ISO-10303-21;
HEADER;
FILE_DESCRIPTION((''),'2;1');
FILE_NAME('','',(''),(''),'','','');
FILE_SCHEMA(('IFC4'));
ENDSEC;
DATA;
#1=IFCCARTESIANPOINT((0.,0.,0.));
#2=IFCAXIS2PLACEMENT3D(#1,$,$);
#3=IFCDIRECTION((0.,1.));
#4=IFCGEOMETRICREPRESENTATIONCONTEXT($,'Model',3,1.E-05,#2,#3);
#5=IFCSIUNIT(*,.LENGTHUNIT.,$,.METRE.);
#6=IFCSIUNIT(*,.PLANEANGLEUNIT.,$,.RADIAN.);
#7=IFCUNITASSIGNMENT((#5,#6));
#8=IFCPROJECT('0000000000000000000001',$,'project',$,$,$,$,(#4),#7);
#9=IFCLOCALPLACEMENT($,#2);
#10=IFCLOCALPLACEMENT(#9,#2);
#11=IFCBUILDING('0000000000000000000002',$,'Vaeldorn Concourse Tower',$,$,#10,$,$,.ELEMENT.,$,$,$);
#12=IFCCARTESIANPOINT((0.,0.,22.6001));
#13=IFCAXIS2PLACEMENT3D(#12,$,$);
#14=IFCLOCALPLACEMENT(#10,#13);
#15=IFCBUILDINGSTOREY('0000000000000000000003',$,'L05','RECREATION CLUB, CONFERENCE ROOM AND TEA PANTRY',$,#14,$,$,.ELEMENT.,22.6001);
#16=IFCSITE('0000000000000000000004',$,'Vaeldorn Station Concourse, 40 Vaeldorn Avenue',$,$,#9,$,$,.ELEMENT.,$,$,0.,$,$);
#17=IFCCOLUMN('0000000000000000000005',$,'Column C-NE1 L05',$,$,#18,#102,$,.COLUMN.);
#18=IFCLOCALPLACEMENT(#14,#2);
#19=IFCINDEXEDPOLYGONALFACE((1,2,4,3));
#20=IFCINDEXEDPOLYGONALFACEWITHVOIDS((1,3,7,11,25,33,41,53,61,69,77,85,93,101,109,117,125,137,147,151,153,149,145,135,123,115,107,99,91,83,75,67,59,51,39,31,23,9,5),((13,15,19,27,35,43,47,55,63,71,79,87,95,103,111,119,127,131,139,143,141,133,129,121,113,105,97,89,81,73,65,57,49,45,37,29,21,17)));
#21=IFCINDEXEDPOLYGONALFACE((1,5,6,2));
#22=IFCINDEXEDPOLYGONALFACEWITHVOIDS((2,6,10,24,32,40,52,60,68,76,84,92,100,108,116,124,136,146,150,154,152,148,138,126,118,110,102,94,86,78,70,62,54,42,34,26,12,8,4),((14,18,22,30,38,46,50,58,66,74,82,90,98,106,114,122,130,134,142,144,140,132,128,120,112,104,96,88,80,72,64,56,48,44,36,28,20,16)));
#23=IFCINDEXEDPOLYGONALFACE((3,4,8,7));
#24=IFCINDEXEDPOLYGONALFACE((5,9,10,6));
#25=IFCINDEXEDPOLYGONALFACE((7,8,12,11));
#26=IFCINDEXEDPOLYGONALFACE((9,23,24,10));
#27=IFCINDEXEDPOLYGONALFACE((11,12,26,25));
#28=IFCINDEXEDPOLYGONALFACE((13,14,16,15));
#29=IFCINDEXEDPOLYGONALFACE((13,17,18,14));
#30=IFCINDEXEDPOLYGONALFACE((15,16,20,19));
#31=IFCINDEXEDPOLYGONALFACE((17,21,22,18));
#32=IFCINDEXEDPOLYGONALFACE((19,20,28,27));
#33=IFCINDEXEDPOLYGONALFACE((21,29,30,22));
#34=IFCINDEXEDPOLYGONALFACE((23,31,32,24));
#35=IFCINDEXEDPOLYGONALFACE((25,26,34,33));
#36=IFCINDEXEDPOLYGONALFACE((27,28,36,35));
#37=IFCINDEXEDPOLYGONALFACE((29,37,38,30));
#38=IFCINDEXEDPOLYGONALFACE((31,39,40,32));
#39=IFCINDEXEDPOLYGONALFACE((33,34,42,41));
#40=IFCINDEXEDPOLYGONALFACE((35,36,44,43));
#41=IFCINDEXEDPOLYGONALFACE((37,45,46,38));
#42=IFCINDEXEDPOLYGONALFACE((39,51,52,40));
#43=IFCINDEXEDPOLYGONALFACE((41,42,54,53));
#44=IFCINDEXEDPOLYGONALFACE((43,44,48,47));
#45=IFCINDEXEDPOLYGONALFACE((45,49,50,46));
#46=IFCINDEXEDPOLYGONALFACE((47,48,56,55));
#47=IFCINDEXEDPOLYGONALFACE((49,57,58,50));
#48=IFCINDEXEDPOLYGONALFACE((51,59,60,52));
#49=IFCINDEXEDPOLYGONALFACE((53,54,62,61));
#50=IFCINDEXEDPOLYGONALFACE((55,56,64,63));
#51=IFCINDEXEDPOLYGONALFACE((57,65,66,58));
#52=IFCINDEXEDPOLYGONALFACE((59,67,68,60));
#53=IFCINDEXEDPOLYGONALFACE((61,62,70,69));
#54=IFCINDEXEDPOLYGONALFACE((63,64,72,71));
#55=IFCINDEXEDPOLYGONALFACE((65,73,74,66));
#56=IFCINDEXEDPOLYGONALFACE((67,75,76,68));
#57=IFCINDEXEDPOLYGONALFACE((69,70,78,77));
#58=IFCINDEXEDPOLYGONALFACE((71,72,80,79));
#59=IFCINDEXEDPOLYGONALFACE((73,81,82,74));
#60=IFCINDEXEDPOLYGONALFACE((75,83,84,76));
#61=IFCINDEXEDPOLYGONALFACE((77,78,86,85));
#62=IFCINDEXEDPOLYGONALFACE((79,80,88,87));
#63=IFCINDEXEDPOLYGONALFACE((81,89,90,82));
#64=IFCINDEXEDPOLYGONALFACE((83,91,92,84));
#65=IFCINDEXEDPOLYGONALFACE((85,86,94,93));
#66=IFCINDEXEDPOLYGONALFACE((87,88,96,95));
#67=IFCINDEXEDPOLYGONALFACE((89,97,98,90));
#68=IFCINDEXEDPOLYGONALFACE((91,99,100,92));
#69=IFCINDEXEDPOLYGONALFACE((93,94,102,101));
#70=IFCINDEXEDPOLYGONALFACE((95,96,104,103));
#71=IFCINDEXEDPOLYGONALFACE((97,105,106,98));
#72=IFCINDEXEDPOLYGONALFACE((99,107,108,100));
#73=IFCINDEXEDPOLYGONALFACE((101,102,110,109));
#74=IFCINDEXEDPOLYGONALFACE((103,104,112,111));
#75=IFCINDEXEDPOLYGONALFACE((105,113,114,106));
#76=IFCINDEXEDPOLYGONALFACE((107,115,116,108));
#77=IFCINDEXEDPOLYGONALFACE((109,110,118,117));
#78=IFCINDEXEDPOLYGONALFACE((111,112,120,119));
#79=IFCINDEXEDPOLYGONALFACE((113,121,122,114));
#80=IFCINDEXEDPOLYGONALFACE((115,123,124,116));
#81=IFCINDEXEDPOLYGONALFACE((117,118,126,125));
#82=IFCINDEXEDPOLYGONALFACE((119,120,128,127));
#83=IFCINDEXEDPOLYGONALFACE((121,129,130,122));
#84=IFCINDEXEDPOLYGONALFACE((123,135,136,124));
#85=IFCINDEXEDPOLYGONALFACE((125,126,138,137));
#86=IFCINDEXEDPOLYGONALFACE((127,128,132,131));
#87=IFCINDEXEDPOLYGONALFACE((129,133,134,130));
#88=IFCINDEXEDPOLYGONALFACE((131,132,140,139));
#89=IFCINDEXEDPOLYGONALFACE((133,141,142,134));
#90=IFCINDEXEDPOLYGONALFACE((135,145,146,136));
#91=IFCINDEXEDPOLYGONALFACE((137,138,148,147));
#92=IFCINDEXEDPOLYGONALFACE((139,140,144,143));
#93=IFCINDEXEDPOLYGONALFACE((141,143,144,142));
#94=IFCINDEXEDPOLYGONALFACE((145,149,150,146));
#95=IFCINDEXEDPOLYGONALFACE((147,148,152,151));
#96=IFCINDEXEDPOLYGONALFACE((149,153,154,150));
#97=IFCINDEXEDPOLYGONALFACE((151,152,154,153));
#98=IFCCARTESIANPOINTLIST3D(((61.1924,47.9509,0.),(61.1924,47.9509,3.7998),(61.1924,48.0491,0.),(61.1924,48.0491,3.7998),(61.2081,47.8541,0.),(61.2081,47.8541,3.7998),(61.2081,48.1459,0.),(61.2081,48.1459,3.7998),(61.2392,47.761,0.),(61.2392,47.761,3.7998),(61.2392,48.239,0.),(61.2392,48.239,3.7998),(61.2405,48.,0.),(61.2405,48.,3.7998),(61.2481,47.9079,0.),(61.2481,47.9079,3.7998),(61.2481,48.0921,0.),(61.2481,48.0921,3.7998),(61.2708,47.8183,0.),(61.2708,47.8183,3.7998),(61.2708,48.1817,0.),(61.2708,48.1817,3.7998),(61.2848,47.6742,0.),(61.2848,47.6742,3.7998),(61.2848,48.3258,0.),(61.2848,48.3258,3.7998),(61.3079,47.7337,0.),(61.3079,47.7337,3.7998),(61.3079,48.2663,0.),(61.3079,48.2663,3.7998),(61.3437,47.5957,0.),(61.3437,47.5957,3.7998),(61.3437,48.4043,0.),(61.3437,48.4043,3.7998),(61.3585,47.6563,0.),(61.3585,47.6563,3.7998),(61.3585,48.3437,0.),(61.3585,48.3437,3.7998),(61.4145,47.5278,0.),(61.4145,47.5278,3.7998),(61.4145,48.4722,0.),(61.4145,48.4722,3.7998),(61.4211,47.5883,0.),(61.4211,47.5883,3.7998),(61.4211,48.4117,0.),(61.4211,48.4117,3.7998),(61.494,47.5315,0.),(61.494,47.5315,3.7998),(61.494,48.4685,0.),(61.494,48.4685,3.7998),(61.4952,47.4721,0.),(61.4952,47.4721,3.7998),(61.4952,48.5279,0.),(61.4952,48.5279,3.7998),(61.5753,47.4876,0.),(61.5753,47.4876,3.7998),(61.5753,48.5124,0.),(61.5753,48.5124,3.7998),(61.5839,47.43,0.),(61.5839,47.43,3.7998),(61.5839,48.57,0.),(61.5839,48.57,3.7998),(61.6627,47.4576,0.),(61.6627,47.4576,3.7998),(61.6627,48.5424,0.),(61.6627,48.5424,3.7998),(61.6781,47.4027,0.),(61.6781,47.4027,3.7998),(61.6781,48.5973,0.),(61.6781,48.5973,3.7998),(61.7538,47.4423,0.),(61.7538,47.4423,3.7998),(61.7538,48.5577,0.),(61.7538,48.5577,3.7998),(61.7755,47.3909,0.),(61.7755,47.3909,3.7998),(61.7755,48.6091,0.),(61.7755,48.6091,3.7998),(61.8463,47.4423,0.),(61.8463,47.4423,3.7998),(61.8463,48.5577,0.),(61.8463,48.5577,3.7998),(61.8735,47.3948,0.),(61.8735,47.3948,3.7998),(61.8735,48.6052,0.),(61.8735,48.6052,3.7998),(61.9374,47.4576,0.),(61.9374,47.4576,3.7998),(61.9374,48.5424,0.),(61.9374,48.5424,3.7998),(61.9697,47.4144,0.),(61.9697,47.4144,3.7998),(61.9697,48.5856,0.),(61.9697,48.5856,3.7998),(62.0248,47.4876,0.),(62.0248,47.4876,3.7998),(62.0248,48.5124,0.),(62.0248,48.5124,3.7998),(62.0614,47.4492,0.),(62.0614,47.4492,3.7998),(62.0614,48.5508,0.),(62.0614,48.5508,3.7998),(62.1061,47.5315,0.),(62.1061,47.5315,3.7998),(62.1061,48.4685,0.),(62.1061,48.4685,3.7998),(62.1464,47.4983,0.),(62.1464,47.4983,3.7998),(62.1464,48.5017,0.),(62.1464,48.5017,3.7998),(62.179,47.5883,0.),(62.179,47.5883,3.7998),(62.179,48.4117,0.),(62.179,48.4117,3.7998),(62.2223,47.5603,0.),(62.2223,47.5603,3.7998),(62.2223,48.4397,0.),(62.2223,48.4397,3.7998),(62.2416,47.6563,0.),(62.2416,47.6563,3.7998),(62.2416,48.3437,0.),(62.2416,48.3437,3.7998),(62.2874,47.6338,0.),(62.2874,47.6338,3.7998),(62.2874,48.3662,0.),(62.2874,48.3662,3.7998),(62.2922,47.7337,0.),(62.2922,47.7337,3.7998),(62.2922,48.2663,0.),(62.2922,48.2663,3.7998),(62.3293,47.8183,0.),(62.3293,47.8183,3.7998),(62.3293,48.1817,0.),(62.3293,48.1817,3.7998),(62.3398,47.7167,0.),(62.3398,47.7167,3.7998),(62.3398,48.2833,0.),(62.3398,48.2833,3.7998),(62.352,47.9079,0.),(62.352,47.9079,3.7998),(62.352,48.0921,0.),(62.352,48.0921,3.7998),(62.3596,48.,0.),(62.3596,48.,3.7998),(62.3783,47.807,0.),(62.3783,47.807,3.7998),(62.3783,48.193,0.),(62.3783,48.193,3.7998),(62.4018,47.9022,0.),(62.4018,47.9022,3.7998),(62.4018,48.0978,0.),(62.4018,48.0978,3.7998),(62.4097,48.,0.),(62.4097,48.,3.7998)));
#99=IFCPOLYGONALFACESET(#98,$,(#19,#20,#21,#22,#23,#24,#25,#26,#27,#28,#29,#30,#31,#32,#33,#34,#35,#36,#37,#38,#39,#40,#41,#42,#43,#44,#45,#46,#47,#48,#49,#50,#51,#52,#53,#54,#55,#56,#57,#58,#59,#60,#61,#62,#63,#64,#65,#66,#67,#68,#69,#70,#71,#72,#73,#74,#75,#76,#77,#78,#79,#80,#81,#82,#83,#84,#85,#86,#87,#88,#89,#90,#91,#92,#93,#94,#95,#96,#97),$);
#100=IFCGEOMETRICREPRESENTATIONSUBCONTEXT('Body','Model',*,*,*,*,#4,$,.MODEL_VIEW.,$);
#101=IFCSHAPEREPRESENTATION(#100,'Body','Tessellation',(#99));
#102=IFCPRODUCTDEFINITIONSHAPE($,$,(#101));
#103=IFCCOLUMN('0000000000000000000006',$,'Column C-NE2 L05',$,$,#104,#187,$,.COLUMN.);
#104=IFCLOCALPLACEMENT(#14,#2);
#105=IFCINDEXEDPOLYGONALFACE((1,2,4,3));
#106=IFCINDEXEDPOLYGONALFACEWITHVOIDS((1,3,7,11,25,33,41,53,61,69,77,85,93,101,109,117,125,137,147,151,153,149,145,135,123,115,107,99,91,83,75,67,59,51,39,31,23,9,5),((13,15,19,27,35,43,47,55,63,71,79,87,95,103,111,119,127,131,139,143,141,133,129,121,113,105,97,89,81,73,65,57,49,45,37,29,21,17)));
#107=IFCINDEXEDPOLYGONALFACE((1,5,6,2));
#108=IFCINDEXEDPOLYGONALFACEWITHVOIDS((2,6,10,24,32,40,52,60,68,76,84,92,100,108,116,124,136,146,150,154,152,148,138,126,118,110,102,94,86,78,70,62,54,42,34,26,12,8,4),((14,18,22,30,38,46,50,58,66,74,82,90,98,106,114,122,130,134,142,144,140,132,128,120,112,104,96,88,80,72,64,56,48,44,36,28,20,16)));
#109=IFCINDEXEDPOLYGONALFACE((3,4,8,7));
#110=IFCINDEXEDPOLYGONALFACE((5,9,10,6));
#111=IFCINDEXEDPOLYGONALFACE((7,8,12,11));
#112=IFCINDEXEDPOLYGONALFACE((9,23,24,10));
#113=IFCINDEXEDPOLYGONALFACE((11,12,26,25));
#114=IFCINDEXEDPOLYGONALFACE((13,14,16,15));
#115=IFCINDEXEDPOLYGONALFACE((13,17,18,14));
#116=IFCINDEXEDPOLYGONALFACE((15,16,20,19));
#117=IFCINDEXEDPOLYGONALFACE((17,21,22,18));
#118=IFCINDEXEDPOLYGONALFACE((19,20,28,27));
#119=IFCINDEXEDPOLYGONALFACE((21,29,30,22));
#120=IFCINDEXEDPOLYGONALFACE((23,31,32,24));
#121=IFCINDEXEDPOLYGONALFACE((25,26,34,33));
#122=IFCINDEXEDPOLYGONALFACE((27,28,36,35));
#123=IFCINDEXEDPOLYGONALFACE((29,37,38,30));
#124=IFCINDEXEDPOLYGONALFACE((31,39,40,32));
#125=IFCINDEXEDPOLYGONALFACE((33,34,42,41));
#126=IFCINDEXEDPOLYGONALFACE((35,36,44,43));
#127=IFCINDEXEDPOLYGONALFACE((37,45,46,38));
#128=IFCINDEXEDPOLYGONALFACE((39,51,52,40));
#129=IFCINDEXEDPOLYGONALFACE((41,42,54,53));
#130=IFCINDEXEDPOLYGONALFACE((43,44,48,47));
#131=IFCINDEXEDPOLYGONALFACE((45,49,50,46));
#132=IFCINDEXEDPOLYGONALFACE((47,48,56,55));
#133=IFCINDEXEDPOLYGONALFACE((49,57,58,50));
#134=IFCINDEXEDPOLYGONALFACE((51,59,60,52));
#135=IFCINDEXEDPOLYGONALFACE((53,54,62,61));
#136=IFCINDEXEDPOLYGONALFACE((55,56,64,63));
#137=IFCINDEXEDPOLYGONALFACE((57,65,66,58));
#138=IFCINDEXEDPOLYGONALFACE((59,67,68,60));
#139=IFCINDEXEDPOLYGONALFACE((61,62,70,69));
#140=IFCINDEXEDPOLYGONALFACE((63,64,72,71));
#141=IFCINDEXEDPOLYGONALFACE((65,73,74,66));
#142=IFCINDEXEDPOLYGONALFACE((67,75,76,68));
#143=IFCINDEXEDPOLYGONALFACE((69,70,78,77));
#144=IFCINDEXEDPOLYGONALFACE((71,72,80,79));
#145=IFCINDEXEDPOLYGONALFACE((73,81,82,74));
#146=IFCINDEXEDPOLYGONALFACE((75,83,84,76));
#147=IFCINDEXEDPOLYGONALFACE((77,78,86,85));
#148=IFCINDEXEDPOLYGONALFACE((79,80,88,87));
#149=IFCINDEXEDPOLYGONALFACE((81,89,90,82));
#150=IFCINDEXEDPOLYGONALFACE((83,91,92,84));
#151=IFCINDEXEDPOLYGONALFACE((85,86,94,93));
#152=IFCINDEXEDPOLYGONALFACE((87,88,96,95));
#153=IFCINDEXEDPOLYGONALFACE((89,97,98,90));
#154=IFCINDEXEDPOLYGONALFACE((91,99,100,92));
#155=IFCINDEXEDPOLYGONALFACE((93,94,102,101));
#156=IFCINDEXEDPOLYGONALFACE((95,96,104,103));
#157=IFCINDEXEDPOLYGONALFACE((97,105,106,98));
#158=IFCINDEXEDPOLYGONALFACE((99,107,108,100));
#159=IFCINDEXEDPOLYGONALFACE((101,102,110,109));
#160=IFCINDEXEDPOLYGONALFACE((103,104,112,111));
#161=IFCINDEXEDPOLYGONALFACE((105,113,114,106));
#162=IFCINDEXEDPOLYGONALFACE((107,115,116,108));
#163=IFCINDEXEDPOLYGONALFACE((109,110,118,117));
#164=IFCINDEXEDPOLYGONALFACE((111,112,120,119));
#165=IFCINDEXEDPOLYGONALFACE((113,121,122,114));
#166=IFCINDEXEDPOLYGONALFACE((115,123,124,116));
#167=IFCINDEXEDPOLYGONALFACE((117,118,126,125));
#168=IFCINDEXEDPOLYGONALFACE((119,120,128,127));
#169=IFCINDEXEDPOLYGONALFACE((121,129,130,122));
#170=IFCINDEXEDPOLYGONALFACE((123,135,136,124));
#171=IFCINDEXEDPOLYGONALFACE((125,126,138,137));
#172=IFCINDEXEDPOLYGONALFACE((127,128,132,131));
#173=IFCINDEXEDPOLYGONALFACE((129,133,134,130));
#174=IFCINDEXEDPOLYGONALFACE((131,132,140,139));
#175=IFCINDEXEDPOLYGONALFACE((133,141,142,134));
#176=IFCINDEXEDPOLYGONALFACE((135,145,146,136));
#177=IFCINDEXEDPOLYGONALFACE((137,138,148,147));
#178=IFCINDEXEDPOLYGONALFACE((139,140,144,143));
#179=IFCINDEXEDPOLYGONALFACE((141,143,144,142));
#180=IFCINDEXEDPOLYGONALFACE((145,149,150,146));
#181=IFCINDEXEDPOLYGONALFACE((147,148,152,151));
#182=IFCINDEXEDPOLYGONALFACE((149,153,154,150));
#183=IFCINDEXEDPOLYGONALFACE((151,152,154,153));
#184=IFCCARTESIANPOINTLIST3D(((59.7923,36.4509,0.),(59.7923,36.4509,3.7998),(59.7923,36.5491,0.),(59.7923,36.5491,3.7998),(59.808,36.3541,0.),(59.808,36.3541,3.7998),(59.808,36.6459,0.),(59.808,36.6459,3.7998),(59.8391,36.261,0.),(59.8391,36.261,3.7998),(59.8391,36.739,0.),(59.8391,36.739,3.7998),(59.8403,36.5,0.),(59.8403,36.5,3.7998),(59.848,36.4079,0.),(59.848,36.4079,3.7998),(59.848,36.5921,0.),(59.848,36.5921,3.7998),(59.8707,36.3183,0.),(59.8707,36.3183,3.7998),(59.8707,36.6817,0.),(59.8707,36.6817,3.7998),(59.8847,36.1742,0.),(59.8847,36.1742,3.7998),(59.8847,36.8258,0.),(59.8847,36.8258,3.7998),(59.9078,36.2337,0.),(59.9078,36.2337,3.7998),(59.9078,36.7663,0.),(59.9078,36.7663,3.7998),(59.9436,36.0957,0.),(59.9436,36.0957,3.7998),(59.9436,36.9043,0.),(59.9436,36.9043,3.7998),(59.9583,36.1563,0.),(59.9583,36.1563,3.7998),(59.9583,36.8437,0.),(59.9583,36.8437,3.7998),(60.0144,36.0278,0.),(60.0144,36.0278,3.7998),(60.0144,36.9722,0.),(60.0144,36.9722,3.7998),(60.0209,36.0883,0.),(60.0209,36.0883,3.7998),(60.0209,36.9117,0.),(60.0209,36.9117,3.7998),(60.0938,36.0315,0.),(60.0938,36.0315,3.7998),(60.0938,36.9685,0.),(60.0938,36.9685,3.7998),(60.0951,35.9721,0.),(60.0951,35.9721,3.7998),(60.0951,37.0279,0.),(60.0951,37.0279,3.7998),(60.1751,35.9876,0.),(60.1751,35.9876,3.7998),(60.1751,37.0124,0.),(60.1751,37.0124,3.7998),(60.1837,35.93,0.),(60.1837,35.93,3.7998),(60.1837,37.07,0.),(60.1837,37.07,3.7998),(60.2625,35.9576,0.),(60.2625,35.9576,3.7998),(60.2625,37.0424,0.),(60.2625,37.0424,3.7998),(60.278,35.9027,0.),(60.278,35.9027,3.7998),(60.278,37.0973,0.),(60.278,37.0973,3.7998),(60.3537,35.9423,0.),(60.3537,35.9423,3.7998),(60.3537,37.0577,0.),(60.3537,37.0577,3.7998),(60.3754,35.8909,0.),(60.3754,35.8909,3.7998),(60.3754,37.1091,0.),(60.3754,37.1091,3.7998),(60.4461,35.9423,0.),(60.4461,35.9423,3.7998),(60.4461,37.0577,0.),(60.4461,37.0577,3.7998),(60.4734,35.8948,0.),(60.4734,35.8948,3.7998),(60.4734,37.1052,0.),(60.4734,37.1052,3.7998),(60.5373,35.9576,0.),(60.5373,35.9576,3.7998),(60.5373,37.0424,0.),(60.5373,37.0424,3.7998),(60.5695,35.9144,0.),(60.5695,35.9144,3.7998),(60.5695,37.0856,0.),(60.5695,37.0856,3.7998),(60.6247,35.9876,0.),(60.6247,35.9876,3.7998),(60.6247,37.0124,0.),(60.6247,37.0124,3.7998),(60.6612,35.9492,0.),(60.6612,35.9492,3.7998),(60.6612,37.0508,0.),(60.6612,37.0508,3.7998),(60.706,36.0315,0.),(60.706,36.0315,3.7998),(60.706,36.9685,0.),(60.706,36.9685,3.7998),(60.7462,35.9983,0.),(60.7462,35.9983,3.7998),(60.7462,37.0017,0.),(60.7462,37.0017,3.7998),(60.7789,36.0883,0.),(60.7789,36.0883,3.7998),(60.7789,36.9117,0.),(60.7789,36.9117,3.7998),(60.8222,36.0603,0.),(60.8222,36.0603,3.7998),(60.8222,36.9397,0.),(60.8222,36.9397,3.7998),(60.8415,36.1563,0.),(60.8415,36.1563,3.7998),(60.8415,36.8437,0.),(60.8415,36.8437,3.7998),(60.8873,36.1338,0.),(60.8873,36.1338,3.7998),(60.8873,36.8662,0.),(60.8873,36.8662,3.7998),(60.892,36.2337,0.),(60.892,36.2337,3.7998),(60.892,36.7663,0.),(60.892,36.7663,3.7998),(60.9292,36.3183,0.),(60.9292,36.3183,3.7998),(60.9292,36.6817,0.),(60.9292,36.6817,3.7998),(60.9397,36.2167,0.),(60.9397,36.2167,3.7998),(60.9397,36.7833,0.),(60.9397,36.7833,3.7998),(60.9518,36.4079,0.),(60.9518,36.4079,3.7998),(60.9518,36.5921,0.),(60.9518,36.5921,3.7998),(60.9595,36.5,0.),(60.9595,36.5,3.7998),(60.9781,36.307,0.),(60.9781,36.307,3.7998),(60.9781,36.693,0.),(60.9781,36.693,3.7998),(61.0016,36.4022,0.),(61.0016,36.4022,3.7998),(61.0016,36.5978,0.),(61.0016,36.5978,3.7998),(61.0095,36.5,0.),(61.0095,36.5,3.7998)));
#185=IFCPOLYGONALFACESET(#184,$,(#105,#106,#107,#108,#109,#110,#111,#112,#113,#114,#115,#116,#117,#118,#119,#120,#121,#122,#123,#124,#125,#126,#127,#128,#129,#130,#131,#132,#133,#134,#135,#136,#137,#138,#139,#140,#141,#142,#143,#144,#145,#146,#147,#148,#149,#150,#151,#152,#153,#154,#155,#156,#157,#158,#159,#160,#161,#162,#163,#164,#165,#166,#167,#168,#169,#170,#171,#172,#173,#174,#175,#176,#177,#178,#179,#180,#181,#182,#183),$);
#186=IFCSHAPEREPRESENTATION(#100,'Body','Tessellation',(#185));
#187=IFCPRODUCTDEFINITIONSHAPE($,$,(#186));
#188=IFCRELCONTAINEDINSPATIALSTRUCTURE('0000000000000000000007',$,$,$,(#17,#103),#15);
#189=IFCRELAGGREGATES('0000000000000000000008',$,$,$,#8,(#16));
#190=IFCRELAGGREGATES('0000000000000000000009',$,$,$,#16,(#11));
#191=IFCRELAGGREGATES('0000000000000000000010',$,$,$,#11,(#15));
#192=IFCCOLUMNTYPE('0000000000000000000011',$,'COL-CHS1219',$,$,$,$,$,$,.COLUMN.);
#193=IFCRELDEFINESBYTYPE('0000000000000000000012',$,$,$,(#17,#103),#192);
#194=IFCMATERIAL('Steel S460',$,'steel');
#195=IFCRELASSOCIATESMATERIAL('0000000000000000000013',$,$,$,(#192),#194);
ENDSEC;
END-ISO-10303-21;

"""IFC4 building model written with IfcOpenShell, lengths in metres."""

from ifc_helpers import new_model, si_unit, direction, frame, origin, origin_2d, place, context, subcontext, project, spatial, hollow_circle, extrude, source, transform, mapped, material, material_profile, profile_set, type_object, element, save


model = new_model("IFC4")

# Units and contexts
model_context = context("Model", 3, precision=1e-05, world=origin(), true_north=direction((0.0, 1.0)))
body_context = subcontext(model_context, "Body", "Model", "MODEL_VIEW")
ifc_project = project(units=[si_unit("LENGTHUNIT", "METRE"), si_unit("PLANEANGLEUNIT", "RADIAN")], contexts=[model_context])

# Site, building, storey
site_placement = place(None, origin())
site = spatial("IfcSite", under=ifc_project, at=site_placement, Name="Vaeldorn Station Concourse, 40 Vaeldorn Avenue", CompositionType="ELEMENT", RefElevation=0.0)
building_placement = place(site_placement, origin())
building = spatial("IfcBuilding", under=site, at=building_placement, Name="Vaeldorn Concourse Tower", CompositionType="ELEMENT")
storey_placement = place(building_placement, frame((0.0, 0.0, 22.6001)))
storey = spatial("IfcBuildingStorey", under=building, at=storey_placement, Name="L05", Description="RECREATION CLUB, CONFERENCE ROOM AND TEA PANTRY", CompositionType="ELEMENT", Elevation=22.6001)

# Columns
ifc_material_1 = material(Name="Steel S460", Category="steel")
ifc_material_profile_1 = material_profile(ifc_material_1, hollow_circle(Radius=0.6096, WallThickness=0.05, at=origin_2d()), Name="CHS 1219x50")
ifc_profile_set_1 = profile_set([ifc_material_profile_1], Name="Steel S460")
column_type = type_object("IfcColumnType", Name="COL-CHS1219", PredefinedType="COLUMN", material=ifc_profile_set_1)
shared_shape_1 = source(origin(), body_context, "Body", "SweptSolid", [
    extrude(hollow_circle(Radius=0.6096, WallThickness=0.05, at=origin_2d()), origin(), (0.0, 0.0, 1.0), 3.7998),
])
for number, where, z_axis, x_axis, name in (
    (1, (61.8, 48.0, 0.0), (0.0, 0.0, 1.0), (1.0, 0.0, 0.0), "Column C-NE1 L05"),
    (2, (60.3999, 36.5, 0.0), (0.0, 0.0, 1.0), (1.0, 0.0, 0.0), "Column C-NE2 L05"),
):
    element("IfcColumn", number, at=place(storey_placement, frame(where, z_axis=z_axis, x_axis=x_axis)), inside=storey, type_object=column_type, Name=name, PredefinedType="COLUMN", context=body_context, shape_type="MappedRepresentation", body=[
        mapped(shared_shape_1, transform((0.0, 0.0, 0.0), scale=1.0)),
    ])

save(model, "model.ifc")
